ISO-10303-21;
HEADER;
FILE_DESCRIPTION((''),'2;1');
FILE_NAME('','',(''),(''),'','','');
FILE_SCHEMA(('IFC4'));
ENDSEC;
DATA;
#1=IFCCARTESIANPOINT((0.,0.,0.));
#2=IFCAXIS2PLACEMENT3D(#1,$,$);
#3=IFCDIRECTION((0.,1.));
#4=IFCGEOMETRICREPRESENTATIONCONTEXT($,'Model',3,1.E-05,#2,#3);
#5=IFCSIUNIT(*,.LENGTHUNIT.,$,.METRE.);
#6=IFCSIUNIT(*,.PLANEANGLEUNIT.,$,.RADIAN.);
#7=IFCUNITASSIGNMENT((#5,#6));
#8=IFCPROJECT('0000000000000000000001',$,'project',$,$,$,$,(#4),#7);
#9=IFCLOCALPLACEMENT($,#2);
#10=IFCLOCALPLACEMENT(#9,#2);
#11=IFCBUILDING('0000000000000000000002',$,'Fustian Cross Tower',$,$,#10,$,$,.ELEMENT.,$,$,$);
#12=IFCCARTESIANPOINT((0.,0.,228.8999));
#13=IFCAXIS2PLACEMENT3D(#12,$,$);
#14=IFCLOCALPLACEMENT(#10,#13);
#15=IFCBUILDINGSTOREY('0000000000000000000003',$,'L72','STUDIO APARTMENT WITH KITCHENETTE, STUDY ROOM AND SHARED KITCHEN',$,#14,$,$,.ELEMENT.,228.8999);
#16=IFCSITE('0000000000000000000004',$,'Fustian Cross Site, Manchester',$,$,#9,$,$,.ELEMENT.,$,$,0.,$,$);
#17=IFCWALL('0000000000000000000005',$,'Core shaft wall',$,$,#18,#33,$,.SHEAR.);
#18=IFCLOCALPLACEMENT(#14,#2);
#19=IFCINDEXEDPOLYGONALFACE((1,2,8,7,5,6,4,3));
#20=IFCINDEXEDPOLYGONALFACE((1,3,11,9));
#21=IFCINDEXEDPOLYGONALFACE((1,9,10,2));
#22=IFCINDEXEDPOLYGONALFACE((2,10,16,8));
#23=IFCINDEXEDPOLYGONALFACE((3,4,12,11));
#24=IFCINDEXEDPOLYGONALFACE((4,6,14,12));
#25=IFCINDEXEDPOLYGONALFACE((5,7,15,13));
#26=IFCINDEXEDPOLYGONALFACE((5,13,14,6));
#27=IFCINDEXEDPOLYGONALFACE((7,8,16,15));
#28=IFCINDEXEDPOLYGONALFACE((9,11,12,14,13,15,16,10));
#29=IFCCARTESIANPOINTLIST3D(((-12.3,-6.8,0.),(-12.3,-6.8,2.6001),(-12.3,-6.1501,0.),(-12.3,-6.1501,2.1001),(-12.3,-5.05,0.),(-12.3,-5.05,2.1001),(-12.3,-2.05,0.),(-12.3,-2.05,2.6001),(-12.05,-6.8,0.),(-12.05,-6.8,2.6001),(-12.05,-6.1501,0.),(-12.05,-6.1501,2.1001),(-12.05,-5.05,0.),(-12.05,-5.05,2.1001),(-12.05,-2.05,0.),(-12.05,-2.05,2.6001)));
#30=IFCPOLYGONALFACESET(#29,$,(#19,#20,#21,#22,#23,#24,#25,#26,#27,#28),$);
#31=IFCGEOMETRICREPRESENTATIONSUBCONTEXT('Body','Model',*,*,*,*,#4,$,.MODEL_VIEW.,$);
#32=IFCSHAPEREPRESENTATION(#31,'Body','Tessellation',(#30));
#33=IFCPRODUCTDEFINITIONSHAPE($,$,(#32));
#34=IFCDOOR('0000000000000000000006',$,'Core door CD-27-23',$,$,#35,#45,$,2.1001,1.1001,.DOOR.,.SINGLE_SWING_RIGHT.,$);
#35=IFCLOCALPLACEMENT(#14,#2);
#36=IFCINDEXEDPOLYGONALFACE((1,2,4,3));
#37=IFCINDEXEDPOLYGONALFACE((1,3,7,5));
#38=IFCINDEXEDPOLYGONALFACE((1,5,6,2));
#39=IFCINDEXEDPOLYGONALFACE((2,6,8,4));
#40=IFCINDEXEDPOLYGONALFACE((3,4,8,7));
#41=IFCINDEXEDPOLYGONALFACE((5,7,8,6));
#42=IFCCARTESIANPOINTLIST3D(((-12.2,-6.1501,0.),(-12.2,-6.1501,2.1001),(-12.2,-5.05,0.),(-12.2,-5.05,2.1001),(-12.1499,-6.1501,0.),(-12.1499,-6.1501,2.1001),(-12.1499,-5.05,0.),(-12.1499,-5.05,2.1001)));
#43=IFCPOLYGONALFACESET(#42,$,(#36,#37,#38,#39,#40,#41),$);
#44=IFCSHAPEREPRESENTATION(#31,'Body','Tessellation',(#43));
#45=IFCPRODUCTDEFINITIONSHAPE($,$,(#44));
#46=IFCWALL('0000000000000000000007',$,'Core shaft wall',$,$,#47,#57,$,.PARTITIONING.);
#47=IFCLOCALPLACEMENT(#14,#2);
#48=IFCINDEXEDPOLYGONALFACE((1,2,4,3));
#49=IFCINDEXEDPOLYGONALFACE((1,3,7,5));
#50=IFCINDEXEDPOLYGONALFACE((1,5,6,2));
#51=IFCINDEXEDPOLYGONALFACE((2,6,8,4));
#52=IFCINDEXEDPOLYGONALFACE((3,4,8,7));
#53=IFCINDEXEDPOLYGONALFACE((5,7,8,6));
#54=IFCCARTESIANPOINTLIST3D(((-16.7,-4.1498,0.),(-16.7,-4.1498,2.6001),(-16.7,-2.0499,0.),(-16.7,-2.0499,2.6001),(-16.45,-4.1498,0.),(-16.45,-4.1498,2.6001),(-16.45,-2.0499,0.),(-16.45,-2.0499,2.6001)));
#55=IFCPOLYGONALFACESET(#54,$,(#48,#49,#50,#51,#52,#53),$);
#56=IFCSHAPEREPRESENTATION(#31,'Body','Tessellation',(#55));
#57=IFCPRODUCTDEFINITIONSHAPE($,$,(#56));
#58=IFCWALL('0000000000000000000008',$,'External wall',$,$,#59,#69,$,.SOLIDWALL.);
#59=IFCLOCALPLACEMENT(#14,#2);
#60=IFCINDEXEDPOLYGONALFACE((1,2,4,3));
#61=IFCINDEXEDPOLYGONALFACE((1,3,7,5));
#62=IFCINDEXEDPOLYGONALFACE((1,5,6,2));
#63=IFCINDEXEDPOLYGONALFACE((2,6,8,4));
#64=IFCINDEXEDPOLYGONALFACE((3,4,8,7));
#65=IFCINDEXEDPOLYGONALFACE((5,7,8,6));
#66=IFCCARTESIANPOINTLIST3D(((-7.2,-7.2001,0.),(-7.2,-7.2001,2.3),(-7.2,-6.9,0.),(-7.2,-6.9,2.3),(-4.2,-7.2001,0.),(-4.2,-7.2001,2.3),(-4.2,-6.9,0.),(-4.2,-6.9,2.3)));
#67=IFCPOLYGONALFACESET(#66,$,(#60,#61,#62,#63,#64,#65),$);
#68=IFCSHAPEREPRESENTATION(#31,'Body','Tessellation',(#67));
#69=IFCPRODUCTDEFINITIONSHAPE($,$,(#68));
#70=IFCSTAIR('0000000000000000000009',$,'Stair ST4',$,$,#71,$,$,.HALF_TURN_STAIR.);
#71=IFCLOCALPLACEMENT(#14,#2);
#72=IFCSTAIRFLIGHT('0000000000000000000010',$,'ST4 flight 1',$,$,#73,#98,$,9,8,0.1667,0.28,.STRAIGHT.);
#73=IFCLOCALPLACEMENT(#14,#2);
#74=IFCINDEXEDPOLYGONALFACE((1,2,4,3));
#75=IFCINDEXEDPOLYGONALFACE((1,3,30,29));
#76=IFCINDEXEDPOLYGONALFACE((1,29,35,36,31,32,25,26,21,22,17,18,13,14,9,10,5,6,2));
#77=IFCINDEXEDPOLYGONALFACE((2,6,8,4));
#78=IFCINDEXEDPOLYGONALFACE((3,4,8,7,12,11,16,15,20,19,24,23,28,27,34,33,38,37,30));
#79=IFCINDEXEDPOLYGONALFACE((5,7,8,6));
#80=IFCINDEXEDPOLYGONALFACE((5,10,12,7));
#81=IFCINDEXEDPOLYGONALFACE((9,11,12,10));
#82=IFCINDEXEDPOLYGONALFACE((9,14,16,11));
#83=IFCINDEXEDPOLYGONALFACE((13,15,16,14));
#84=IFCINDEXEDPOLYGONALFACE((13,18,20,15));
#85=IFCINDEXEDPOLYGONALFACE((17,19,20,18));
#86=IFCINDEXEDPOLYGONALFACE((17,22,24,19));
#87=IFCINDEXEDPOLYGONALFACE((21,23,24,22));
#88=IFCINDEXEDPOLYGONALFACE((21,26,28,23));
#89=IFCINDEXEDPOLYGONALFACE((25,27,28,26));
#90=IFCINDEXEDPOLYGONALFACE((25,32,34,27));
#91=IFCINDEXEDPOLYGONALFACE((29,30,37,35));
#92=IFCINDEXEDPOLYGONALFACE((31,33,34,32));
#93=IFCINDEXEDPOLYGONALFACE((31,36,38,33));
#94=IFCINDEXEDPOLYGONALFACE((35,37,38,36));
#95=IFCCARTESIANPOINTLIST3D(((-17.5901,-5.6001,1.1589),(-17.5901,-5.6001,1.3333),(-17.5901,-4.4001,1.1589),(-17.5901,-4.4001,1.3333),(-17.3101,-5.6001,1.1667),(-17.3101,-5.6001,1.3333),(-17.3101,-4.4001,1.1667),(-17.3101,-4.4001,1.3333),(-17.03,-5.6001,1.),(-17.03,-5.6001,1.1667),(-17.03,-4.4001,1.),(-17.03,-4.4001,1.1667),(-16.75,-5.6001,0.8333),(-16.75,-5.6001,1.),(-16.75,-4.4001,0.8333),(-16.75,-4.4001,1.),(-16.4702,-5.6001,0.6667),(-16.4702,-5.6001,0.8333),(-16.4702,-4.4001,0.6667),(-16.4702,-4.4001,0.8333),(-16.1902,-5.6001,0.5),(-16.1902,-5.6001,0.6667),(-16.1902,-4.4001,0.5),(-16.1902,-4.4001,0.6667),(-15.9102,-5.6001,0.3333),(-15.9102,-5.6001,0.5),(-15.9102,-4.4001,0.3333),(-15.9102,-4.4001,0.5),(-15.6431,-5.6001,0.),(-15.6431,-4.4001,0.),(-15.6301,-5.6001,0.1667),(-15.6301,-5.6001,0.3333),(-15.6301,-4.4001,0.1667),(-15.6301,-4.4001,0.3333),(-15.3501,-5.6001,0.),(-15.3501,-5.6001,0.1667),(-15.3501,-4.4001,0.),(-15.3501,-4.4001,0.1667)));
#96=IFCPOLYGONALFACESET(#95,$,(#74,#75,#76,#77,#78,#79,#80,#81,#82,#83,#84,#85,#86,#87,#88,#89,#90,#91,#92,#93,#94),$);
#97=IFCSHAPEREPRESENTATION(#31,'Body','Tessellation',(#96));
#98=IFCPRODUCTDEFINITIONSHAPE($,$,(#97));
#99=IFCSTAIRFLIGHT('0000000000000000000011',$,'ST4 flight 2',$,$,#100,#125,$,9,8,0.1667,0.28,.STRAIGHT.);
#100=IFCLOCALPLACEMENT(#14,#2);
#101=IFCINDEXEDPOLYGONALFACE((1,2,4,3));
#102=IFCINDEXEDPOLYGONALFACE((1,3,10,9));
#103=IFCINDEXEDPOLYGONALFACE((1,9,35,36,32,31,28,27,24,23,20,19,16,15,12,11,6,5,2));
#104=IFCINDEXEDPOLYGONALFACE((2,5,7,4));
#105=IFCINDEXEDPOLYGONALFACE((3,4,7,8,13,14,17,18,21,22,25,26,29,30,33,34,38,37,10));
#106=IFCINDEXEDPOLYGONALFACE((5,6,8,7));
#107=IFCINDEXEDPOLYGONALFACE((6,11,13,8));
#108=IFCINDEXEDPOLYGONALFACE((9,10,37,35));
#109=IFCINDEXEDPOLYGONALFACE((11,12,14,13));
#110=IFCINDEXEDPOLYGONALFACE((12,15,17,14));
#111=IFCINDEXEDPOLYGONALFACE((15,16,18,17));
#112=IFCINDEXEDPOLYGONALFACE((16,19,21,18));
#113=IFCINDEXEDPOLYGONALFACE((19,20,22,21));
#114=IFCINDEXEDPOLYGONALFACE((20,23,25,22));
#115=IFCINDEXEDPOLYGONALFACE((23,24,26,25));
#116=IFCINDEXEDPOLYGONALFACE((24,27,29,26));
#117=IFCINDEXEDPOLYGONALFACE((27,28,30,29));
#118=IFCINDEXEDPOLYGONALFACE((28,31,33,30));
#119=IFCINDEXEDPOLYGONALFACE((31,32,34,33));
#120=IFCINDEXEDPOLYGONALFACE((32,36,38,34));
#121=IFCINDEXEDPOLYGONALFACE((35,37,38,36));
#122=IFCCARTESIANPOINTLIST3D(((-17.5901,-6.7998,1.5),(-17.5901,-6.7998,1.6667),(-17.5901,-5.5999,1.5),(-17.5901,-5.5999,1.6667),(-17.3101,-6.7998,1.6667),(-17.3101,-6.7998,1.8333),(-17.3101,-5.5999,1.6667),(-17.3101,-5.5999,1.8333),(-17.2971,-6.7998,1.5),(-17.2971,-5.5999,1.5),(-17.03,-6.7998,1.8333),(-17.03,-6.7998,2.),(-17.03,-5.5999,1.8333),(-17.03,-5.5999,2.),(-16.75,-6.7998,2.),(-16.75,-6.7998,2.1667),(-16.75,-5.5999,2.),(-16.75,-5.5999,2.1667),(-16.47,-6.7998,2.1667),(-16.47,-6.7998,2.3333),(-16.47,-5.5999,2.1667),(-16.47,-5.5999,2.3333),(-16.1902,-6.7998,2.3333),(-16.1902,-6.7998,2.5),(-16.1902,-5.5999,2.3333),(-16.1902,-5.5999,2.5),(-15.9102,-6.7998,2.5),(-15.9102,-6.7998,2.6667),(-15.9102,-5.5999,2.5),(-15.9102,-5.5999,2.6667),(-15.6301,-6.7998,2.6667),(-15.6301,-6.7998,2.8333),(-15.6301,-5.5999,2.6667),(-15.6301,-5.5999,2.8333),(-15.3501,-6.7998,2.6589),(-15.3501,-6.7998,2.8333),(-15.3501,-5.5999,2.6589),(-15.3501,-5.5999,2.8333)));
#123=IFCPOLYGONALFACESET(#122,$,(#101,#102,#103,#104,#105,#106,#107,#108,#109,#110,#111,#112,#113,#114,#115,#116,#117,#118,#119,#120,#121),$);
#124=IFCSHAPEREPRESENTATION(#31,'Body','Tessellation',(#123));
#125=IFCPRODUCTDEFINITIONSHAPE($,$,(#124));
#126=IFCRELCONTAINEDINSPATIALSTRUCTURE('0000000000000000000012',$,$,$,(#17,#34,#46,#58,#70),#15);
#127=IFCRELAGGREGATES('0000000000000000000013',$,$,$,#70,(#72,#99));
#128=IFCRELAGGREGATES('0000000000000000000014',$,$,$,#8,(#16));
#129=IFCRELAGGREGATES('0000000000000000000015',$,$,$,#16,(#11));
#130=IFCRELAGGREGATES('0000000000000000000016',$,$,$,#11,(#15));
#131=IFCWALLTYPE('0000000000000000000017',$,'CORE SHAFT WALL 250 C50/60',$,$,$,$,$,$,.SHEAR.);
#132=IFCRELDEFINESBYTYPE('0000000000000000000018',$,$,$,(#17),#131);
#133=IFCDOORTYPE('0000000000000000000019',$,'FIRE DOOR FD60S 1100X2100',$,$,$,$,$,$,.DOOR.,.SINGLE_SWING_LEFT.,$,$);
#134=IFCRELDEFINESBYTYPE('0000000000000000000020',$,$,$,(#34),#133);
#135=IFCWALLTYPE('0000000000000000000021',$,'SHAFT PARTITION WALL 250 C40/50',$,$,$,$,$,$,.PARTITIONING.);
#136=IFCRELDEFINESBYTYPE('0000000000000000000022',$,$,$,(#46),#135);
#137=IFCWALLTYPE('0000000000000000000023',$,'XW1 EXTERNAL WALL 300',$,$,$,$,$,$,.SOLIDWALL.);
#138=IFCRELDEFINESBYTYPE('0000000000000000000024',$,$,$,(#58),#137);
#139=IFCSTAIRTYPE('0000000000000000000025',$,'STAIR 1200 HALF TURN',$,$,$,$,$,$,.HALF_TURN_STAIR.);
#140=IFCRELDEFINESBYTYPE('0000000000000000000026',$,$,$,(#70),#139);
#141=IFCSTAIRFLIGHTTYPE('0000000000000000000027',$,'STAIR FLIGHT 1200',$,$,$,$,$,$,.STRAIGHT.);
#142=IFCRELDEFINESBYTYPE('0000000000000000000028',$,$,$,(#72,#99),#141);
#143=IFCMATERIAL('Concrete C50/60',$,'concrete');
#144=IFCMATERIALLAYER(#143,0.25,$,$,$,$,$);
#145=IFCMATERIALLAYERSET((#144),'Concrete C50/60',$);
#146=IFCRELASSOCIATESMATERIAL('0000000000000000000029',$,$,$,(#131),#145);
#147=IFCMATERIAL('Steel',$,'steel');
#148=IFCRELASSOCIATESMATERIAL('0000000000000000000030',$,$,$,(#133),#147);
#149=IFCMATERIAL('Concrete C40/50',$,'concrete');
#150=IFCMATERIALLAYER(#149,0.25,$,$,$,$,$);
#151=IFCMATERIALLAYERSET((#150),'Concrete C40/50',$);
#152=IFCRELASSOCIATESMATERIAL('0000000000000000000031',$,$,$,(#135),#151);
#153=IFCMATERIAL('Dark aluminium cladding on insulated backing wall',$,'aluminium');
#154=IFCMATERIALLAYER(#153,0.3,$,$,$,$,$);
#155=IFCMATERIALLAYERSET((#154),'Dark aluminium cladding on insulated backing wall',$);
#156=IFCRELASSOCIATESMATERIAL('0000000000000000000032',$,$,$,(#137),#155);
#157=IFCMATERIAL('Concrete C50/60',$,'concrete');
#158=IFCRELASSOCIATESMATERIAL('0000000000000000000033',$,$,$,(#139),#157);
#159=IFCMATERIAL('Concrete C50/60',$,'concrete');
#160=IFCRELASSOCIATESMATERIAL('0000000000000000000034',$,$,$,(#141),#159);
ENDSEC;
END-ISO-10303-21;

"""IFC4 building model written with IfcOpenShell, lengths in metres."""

from ifc_helpers import new_model, si_unit, direction, frame, frame_2d, origin, place, context, subcontext, project, spatial, polyline, rectangle, outline, extrude, material, layer, layer_set, type_object, element, fill, aggregate, save


model = new_model("IFC4")

# Units and contexts
model_context = context("Model", 3, precision=1e-05, world=origin(), true_north=direction((0.0, 1.0)))
body_context = subcontext(model_context, "Body", "Model", "MODEL_VIEW")
ifc_project = project(units=[si_unit("LENGTHUNIT", "METRE"), si_unit("PLANEANGLEUNIT", "RADIAN")], contexts=[model_context])

# Site, building, storey
site_placement = place(None, origin())
site = spatial("IfcSite", under=ifc_project, at=site_placement, Name="Fustian Cross Site, Manchester", CompositionType="ELEMENT", RefElevation=0.0)
building_placement = place(site_placement, origin())
building = spatial("IfcBuilding", under=site, at=building_placement, Name="Fustian Cross Tower", CompositionType="ELEMENT")
storey_placement = place(building_placement, frame((0.0, 0.0, 228.8999)))
storey = spatial("IfcBuildingStorey", under=building, at=storey_placement, Name="L72", Description="STUDIO APARTMENT WITH KITCHENETTE, STUDY ROOM AND SHARED KITCHEN", CompositionType="ELEMENT", Elevation=228.8999)

# Shared definitions
ifc_material_1 = material(Name="Concrete C50/60", Category="concrete")
ifc_layer_1 = layer(ifc_material_1, 0.25)
ifc_layer_set_1 = layer_set([ifc_layer_1], Name="Concrete C50/60")
wall_type_1 = type_object("IfcWallType", Name="CORE SHAFT WALL 250 C50/60", PredefinedType="SHEAR", material=ifc_layer_set_1)

# Wall, opening, door
wall_1_placement = place(storey_placement, frame((-12.175, -2.05, 0.0), z_axis=(0.0, 0.0, 1.0), x_axis=(0.0, -1.0, 0.0)))
wall_1 = element("IfcWall", 1, at=wall_1_placement, inside=storey, type_object=wall_type_1, Name="Core shaft wall", PredefinedType="SHEAR", context=body_context, shape_type="SweptSolid", body=[
    extrude(rectangle(XDim=4.75, YDim=0.25, at=frame_2d((2.375, 0.0))), origin(), (0.0, 0.0, 1.0), 2.6001),
])
opening_1_placement = place(wall_1_placement, frame((3.0, 0.0, 0.0)))
opening_1 = element("IfcOpeningElement", 2, at=opening_1_placement, cuts=wall_1, PredefinedType="OPENING", context=body_context, shape_type="SweptSolid", body=[
    extrude(rectangle(XDim=1.1001, YDim=2.1001, at=frame_2d((0.55, 1.05))), frame((0.0, 0.135, 0.0), z_axis=(0.0, -1.0, 0.0), x_axis=(1.0, 0.0, 0.0)), (0.0, 0.0, 1.0), 0.27),
])
ifc_material_2 = material(Name="Steel", Category="steel")
door_type_1 = type_object("IfcDoorType", Name="FIRE DOOR FD60S 1100X2100", OperationType="SINGLE_SWING_LEFT", PredefinedType="DOOR", material=ifc_material_2)
door_1_placement = place(opening_1_placement, frame((1.1001, 0.0, 0.0), z_axis=(0.0, 0.0, 1.0), x_axis=(-1.0, 0.0, 0.0)))
door_1 = element("IfcDoor", 3, at=door_1_placement, inside=storey, type_object=door_type_1, Name="Core door CD-27-23", OperationType="SINGLE_SWING_RIGHT", OverallHeight=2.1001, OverallWidth=1.1001, PredefinedType="DOOR", context=body_context, shape_type="SweptSolid", body=[
    extrude(rectangle(XDim=1.1001, YDim=2.1001, at=frame_2d((0.55, 1.05))), frame((0.0, 0.0249, 0.0), z_axis=(0.0, -1.0, 0.0), x_axis=(1.0, 0.0, 0.0)), (0.0, 0.0, 1.0), 0.05),
])
fill(opening_1, door_1)

# Walls
ifc_material_3 = material(Name="Concrete C40/50", Category="concrete")
ifc_layer_2 = layer(ifc_material_3, 0.25)
ifc_layer_set_2 = layer_set([ifc_layer_2], Name="Concrete C40/50")
wall_type_2 = type_object("IfcWallType", Name="SHAFT PARTITION WALL 250 C40/50", PredefinedType="PARTITIONING", material=ifc_layer_set_2)
wall_2_placement = place(storey_placement, frame((-16.575, -2.05, 0.0), z_axis=(0.0, 0.0, 1.0), x_axis=(0.0, -1.0, 0.0)))
element("IfcWall", 4, at=wall_2_placement, inside=storey, type_object=wall_type_2, Name="Core shaft wall", PredefinedType="PARTITIONING", context=body_context, shape_type="SweptSolid", body=[
    extrude(rectangle(XDim=2.0999, YDim=0.25, at=frame_2d((1.0498, 0.0))), origin(), (0.0, 0.0, 1.0), 2.6001),
])
ifc_material_4 = material(Name="Dark aluminium cladding on insulated backing wall", Category="aluminium")
ifc_layer_3 = layer(ifc_material_4, 0.3)
ifc_layer_set_3 = layer_set([ifc_layer_3], Name="Dark aluminium cladding on insulated backing wall")
wall_type_3 = type_object("IfcWallType", Name="XW1 EXTERNAL WALL 300", PredefinedType="SOLIDWALL", material=ifc_layer_set_3)
wall_3_placement = place(storey_placement, frame((-7.2, -7.05, 0.0), z_axis=(0.0, 0.0, 1.0), x_axis=(1.0, 0.0, 0.0)))
element("IfcWall", 5, at=wall_3_placement, inside=storey, type_object=wall_type_3, Name="External wall", PredefinedType="SOLIDWALL", context=body_context, shape_type="SweptSolid", body=[
    extrude(rectangle(XDim=3.0, YDim=0.3, at=frame_2d((1.5, 0.0))), origin(), (0.0, 0.0, 1.0), 2.3),
])

# Stair, stair flights
ifc_material_5 = material(Name="Concrete C50/60", Category="concrete")
stair_type = type_object("IfcStairType", Name="STAIR 1200 HALF TURN", PredefinedType="HALF_TURN_STAIR", material=ifc_material_5)
stair_placement = place(storey_placement, origin())
stair = element("IfcStair", 6, at=stair_placement, inside=storey, type_object=stair_type, Name="Stair ST4", PredefinedType="HALF_TURN_STAIR")
ifc_material_6 = material(Name="Concrete C50/60", Category="concrete")
stair_flight_type = type_object("IfcStairFlightType", Name="STAIR FLIGHT 1200", PredefinedType="STRAIGHT", material=ifc_material_6)
stair_flight_1_placement = place(storey_placement, frame((-15.3501, -5.0, 0.0), z_axis=(0.0, 0.0, 1.0), x_axis=(-1.0, 0.0, 0.0)))
stair_flight_1 = element("IfcStairFlight", 7, at=stair_flight_1_placement, type_object=stair_flight_type, Name="ST4 flight 1", NumberOfRisers=9, NumberOfTreads=8, PredefinedType="STRAIGHT", RiserHeight=0.1667, TreadLength=0.28, context=body_context, shape_type="SweptSolid", body=[
    extrude(outline(polyline([(0.0, 0.0), (0.0, 0.1667), (0.28, 0.1667), (0.28, 0.3333), (0.5601, 0.3333), (0.5601, 0.5), (0.8401, 0.5), (0.8401, 0.6667), (1.1201, 0.6667), (1.1201, 0.8333), (1.3999, 0.8333), (1.3999, 1.0), (1.6799, 1.0), (1.6799, 1.1667), (1.96, 1.1667), (1.96, 1.3333), (2.24, 1.3333), (2.24, 1.5), (2.24, 1.1589), (0.293, 0.0), (0.0, 0.0)])), frame((0.0, 0.6001, 0.0), z_axis=(0.0, -1.0, 0.0), x_axis=(1.0, 0.0, 0.0)), (0.0, 0.0, 1.0), 1.2),
])
stair_flight_2_placement = place(storey_placement, frame((-17.5901, -6.2, 1.5), z_axis=(0.0, 0.0, 1.0), x_axis=(1.0, 0.0, 0.0)))
stair_flight_2 = element("IfcStairFlight", 8, at=stair_flight_2_placement, type_object=stair_flight_type, Name="ST4 flight 2", NumberOfRisers=9, NumberOfTreads=8, PredefinedType="STRAIGHT", RiserHeight=0.1667, TreadLength=0.28, context=body_context, shape_type="SweptSolid", body=[
    extrude(outline(polyline([(0.0, 0.0), (0.0, 0.1667), (0.28, 0.1667), (0.28, 0.3333), (0.5601, 0.3333), (0.5601, 0.5), (0.8401, 0.5), (0.8401, 0.6667), (1.1201, 0.6667), (1.1201, 0.8333), (1.3999, 0.8333), (1.3999, 1.0), (1.6799, 1.0), (1.6799, 1.1667), (1.96, 1.1667), (1.96, 1.3333), (2.24, 1.3333), (2.24, 1.5), (2.24, 1.1589), (0.293, 0.0), (0.0, 0.0)])), frame((0.0, 0.6001, 0.0), z_axis=(0.0, -1.0, 0.0), x_axis=(1.0, 0.0, 0.0)), (0.0, 0.0, 1.0), 1.2),
])
aggregate(stair, [stair_flight_1, stair_flight_2])

save(model, "model.ifc")
